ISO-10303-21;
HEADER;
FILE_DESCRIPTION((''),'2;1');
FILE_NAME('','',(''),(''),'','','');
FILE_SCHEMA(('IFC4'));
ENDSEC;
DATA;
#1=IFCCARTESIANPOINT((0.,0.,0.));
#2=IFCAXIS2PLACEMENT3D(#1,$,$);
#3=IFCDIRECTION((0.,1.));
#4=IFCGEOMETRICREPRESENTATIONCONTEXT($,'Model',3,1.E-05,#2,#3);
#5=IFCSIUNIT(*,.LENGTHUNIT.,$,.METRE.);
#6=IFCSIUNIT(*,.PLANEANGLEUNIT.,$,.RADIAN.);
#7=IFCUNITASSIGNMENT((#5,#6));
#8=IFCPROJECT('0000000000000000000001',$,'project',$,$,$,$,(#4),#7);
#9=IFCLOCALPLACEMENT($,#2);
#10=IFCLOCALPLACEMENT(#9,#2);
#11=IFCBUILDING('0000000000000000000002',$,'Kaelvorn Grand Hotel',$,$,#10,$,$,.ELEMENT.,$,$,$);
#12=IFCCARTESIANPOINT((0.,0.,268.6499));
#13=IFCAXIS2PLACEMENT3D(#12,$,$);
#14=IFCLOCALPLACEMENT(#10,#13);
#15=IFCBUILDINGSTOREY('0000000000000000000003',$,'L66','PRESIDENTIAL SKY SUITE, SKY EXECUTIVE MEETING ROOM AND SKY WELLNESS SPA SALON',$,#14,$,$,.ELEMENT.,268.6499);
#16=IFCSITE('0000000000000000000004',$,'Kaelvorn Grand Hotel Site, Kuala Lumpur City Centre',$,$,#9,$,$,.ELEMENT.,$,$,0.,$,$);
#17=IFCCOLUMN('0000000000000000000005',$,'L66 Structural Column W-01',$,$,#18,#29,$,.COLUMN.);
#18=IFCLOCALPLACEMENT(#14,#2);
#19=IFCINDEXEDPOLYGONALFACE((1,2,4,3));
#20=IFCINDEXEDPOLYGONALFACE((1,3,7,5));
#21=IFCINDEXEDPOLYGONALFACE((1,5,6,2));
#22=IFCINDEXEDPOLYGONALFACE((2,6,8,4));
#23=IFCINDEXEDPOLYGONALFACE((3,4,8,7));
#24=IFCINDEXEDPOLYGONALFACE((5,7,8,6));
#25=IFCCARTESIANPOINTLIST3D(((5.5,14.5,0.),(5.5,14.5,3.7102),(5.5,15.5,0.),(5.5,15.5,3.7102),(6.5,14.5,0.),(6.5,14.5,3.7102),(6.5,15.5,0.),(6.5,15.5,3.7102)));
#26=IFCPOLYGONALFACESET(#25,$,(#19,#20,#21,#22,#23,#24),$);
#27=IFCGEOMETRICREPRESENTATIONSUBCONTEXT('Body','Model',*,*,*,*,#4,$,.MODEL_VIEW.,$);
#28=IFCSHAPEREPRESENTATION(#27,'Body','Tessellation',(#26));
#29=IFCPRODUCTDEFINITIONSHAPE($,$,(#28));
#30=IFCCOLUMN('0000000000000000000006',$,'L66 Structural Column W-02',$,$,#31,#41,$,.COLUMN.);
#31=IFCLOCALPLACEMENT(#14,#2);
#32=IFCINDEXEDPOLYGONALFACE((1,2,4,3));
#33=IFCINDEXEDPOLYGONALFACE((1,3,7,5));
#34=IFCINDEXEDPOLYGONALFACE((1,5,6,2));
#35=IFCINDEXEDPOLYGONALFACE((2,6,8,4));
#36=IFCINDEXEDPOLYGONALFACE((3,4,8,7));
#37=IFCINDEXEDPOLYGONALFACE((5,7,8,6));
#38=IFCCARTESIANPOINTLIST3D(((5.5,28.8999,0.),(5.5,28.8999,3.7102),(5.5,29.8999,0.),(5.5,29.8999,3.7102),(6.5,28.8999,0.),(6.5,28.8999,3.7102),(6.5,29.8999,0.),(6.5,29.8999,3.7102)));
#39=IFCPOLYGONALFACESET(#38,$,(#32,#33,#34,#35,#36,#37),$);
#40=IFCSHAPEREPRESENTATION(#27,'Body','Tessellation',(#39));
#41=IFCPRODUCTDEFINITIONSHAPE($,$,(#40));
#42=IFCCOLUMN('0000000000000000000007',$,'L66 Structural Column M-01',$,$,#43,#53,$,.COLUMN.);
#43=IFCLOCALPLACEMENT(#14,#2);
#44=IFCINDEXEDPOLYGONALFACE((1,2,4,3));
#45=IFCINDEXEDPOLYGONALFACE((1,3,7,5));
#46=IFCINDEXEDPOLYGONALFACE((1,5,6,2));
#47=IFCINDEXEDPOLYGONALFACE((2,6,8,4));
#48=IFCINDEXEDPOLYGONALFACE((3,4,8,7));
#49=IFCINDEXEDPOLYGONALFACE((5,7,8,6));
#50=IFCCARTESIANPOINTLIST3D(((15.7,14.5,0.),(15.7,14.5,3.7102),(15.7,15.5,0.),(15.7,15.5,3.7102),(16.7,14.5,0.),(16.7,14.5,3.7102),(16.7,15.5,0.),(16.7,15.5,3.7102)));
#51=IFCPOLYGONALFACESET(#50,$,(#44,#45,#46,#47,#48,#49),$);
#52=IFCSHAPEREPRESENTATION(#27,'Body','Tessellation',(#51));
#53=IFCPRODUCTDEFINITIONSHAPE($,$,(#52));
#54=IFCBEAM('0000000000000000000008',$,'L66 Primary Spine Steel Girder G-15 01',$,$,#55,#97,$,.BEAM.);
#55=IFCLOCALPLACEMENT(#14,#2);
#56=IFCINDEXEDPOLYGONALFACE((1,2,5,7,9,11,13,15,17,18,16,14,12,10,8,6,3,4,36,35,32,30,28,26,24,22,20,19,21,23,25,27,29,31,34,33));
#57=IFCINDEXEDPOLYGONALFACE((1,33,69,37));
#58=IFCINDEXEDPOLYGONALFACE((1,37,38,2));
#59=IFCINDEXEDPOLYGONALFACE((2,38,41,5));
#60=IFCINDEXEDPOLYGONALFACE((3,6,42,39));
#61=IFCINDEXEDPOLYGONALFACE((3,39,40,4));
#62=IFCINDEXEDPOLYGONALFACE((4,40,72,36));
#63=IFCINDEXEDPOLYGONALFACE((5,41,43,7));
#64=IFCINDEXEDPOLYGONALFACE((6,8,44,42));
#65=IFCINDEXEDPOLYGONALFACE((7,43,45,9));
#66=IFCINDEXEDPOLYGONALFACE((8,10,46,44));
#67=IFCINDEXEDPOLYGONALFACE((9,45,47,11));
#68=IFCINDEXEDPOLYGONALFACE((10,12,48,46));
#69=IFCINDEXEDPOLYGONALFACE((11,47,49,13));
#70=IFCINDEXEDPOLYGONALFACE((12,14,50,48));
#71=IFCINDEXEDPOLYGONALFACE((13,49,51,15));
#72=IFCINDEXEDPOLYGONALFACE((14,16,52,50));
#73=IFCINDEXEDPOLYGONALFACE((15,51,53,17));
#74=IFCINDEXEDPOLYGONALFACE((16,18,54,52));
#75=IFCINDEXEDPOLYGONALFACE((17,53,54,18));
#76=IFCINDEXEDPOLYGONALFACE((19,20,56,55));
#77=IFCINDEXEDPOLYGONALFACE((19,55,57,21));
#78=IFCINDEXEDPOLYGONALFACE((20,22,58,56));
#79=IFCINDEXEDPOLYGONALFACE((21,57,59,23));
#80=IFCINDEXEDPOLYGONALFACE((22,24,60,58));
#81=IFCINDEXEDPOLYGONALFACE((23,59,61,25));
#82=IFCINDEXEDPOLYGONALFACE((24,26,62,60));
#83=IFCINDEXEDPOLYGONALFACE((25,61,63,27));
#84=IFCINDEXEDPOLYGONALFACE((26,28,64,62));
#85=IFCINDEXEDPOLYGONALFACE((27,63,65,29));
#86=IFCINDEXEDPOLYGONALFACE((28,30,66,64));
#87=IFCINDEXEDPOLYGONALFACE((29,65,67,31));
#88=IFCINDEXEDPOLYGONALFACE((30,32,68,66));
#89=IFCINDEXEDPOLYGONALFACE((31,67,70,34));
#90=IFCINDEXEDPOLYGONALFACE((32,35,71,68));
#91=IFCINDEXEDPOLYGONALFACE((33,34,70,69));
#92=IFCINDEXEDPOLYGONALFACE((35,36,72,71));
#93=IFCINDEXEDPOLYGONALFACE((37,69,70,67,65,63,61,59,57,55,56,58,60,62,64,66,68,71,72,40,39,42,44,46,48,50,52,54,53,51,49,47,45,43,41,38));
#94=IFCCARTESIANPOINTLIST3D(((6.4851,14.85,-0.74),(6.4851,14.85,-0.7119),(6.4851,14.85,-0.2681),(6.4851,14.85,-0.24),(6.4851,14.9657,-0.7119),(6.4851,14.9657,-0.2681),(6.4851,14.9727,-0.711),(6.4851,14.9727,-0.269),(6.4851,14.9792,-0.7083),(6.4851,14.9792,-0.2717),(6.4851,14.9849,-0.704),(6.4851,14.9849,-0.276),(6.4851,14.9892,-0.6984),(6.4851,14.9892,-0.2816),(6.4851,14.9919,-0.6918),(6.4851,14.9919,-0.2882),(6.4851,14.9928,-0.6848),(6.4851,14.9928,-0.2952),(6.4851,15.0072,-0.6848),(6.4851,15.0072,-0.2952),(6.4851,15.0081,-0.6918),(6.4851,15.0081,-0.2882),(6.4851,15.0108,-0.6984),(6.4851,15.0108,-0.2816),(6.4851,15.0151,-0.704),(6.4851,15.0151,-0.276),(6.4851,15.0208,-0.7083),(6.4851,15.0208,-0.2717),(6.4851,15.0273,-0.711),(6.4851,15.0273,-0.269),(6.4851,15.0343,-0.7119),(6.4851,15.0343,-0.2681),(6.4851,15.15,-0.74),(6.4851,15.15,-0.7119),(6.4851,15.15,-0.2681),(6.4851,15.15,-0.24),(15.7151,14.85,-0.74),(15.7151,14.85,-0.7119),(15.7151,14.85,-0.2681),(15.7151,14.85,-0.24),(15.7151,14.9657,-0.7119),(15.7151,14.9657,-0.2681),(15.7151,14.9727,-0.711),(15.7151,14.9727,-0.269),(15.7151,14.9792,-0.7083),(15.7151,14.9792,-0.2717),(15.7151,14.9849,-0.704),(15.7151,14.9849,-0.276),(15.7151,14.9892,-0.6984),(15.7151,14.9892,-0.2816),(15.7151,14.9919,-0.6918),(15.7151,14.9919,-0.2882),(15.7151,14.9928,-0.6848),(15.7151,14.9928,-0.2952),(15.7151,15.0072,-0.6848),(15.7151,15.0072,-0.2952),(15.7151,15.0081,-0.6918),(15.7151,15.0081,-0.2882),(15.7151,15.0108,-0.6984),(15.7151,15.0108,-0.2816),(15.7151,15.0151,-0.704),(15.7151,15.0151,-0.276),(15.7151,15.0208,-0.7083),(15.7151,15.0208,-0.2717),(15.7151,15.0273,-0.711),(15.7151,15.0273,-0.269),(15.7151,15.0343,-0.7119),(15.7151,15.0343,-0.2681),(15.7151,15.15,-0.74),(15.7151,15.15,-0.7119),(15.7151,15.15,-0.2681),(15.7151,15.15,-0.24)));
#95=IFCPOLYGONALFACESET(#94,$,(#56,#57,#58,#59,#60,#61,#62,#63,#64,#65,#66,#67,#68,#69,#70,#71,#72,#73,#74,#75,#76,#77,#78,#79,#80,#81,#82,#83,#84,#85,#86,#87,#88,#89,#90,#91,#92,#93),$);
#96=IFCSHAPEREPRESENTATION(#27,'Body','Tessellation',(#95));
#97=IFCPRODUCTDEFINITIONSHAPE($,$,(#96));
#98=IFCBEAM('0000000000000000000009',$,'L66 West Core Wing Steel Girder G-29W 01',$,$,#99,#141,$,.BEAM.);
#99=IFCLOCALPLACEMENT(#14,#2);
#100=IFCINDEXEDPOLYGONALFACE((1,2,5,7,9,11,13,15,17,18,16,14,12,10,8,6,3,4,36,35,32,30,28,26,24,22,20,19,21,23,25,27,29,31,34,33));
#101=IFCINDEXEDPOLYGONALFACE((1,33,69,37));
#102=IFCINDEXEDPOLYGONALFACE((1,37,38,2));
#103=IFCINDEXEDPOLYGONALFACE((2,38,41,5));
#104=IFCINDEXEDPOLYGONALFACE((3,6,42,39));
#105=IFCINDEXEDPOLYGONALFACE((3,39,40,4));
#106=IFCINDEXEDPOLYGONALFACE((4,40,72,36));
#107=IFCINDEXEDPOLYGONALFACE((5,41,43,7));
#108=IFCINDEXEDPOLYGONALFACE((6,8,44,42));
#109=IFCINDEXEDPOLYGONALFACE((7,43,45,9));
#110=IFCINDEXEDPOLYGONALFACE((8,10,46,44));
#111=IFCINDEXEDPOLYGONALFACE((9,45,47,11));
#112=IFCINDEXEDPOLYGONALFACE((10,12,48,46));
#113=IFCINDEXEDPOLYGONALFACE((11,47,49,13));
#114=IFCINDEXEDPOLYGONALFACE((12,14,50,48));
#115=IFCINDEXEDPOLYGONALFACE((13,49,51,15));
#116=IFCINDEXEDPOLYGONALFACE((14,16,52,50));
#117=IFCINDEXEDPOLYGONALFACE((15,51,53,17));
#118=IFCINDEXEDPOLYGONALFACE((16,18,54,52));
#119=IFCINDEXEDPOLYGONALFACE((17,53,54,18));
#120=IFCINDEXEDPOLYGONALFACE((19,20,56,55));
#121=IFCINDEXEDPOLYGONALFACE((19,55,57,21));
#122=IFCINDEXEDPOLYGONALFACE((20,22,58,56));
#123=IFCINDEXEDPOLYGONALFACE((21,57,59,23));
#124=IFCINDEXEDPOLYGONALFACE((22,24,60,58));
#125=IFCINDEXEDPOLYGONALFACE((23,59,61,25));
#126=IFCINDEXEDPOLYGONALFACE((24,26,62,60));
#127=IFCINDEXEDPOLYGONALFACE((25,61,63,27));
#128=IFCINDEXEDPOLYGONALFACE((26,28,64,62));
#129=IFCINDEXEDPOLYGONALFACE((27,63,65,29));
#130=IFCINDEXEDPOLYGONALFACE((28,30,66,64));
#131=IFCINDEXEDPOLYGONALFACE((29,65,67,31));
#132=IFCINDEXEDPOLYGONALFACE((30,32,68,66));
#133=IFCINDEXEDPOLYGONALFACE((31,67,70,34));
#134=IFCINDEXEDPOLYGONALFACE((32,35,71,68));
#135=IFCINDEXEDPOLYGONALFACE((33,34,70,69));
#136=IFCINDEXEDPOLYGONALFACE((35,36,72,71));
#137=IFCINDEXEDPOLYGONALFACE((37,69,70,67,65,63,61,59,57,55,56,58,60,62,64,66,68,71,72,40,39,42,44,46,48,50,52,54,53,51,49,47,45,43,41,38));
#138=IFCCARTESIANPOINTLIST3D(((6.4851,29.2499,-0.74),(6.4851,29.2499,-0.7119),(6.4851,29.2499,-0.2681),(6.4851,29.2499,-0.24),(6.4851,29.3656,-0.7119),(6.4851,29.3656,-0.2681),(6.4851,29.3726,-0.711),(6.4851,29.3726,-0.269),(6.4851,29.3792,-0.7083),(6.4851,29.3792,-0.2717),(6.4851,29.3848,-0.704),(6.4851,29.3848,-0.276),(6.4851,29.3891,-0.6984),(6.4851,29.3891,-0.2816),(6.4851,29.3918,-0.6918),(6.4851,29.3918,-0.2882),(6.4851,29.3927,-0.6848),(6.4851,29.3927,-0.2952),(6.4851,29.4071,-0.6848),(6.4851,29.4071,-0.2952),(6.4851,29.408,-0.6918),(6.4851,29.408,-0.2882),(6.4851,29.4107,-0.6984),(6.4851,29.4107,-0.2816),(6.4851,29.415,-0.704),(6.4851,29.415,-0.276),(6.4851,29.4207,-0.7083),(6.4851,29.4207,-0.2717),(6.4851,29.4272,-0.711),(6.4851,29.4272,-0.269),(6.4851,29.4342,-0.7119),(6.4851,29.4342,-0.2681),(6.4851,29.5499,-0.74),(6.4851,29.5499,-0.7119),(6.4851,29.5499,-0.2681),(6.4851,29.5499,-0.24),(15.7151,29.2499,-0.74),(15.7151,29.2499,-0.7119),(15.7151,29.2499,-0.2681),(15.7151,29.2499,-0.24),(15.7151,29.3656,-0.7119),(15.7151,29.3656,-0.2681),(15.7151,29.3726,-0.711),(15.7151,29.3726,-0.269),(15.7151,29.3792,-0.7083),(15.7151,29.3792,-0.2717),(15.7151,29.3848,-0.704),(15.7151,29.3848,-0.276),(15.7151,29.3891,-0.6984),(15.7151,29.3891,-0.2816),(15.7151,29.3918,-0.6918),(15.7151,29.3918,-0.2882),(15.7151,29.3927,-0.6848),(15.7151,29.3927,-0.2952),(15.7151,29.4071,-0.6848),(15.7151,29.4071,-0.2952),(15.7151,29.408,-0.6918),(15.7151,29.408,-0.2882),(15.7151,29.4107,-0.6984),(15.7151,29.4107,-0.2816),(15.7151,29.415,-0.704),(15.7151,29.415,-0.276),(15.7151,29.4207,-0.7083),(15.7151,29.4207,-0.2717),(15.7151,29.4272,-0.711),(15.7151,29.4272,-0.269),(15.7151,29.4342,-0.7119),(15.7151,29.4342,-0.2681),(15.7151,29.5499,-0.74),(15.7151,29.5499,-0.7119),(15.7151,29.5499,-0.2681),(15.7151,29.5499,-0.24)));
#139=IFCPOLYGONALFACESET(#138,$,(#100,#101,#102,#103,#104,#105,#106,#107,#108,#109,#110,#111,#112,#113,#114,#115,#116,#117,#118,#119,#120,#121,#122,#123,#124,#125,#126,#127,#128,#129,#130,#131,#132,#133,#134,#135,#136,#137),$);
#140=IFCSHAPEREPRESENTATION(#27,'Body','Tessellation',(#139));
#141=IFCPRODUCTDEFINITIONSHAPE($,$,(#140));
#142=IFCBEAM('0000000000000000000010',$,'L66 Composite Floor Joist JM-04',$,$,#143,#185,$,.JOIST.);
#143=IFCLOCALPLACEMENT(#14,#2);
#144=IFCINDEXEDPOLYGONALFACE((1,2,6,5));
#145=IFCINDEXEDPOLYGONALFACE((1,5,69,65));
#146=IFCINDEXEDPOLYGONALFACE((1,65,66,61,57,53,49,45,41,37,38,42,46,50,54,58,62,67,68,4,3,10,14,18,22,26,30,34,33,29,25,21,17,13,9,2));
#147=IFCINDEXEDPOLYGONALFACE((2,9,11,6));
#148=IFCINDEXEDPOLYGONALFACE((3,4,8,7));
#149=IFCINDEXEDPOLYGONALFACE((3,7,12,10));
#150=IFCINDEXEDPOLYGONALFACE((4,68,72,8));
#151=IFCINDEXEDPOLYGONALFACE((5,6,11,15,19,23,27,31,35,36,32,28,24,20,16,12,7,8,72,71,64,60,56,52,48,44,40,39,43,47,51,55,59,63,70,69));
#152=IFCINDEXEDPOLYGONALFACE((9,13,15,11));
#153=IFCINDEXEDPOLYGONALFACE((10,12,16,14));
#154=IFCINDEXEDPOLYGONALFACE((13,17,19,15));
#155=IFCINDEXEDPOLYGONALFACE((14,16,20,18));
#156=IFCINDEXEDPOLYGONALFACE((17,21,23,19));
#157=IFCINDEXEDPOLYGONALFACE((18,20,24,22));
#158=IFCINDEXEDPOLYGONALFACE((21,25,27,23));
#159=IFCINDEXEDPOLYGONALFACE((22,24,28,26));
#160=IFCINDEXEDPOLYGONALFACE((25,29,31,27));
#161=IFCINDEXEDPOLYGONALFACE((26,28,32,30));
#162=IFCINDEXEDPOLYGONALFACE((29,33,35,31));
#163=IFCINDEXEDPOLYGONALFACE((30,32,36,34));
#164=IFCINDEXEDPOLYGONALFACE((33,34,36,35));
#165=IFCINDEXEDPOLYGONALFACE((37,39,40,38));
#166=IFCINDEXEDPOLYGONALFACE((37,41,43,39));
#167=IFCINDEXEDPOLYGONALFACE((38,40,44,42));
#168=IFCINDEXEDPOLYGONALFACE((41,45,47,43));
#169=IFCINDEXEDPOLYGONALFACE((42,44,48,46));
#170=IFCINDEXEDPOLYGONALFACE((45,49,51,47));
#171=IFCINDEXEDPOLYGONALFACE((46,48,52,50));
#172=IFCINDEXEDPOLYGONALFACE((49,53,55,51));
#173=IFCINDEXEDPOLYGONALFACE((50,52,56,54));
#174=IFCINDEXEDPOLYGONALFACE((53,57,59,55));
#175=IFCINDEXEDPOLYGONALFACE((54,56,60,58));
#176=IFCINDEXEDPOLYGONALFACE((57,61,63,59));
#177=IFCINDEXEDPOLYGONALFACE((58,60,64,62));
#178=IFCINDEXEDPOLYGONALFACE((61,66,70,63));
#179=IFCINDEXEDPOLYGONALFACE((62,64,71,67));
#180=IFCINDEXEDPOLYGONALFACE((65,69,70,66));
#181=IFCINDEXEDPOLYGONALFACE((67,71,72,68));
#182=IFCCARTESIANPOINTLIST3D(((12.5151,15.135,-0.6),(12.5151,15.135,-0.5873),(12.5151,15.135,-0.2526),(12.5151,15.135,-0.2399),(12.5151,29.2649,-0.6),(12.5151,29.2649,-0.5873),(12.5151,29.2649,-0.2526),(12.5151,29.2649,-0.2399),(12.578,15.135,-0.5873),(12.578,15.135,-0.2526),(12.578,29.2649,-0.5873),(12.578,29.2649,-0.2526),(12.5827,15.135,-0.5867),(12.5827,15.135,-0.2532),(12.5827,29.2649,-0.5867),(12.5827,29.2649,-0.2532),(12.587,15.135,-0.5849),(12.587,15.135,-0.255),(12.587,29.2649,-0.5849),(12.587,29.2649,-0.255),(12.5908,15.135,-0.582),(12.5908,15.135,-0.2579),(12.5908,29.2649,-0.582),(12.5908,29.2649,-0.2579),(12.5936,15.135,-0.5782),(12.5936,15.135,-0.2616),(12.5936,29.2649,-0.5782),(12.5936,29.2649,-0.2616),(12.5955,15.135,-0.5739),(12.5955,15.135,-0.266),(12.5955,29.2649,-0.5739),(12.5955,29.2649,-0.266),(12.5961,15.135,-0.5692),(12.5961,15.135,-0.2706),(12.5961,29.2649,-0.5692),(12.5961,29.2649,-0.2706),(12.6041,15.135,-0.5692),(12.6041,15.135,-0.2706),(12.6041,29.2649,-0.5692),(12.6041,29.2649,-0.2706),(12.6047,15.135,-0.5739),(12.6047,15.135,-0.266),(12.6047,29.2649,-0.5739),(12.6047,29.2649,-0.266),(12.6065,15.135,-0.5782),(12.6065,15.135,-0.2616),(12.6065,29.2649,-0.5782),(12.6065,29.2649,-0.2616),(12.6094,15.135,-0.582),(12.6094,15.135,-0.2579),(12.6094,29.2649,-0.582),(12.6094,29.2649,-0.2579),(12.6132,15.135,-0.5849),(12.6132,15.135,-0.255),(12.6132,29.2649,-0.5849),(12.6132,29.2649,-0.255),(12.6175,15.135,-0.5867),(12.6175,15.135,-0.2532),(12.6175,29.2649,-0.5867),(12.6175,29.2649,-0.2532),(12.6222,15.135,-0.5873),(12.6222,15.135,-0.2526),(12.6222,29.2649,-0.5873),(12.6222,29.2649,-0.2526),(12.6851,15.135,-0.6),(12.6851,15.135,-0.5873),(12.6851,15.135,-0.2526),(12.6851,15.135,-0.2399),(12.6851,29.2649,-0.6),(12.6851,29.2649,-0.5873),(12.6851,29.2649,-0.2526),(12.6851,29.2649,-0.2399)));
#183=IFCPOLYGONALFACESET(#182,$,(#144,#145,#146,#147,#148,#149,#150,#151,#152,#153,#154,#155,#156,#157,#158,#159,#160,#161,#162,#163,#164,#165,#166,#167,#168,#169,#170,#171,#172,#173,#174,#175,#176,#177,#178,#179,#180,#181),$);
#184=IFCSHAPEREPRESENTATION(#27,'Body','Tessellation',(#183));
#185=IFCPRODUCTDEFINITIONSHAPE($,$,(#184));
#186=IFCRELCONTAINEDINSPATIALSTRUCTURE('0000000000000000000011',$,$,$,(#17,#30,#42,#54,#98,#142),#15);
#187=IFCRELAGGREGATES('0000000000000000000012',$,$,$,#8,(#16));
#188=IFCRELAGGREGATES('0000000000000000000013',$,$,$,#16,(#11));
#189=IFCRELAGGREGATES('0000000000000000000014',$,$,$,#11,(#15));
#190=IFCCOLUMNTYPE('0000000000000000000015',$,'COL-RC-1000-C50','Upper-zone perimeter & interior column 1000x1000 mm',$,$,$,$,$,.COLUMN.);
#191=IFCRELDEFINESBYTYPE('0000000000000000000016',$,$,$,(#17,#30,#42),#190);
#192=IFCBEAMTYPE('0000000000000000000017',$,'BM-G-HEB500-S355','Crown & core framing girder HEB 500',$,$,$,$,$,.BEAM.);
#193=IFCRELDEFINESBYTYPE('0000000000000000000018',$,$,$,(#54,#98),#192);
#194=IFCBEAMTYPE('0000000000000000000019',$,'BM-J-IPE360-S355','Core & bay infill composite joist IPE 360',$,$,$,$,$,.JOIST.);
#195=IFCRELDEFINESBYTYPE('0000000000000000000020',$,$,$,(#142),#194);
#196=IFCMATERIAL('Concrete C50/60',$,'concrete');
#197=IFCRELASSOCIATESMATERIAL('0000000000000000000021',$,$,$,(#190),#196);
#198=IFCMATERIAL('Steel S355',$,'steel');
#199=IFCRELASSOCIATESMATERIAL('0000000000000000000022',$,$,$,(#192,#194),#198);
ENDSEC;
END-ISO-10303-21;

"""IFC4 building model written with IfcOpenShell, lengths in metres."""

from ifc_helpers import new_model, si_unit, direction, frame, origin, origin_2d, place, context, subcontext, project, spatial, rectangle, i_section, extrude, material, material_profile, profile_set, type_object, element, save


model = new_model("IFC4")

# Units and contexts
model_context = context("Model", 3, precision=1e-05, world=origin(), true_north=direction((0.0, 1.0)))
body_context = subcontext(model_context, "Body", "Model", "MODEL_VIEW")
ifc_project = project(units=[si_unit("LENGTHUNIT", "METRE"), si_unit("PLANEANGLEUNIT", "RADIAN")], contexts=[model_context])

# Site, building, storey
site_placement = place(None, origin())
site = spatial("IfcSite", under=ifc_project, at=site_placement, Name="Kaelvorn Grand Hotel Site, Kuala Lumpur City Centre", CompositionType="ELEMENT", RefElevation=0.0)
building_placement = place(site_placement, origin())
building = spatial("IfcBuilding", under=site, at=building_placement, Name="Kaelvorn Grand Hotel", CompositionType="ELEMENT")
storey_placement = place(building_placement, frame((0.0, 0.0, 268.6499)))
storey = spatial("IfcBuildingStorey", under=building, at=storey_placement, Name="L66", Description="PRESIDENTIAL SKY SUITE, SKY EXECUTIVE MEETING ROOM AND SKY WELLNESS SPA SALON", CompositionType="ELEMENT", Elevation=268.6499)

# Columns
ifc_material_1 = material(Name="Concrete C50/60", Category="concrete")
ifc_material_profile_1 = material_profile(ifc_material_1, rectangle(XDim=1.0, YDim=1.0, at=origin_2d()), Name="RC COL 1000x1000")
ifc_profile_set_1 = profile_set([ifc_material_profile_1], Name="Concrete C50/60")
column_type = type_object("IfcColumnType", Name="COL-RC-1000-C50", Description="Upper-zone perimeter & interior column 1000x1000 mm", PredefinedType="COLUMN", material=ifc_profile_set_1)
for number, where, z_axis, x_axis, name in (
    (1, (6.0, 15.0, 0.0), (0.0, 0.0, 1.0), (1.0, 0.0, 0.0), "L66 Structural Column W-01"),
    (2, (6.0, 29.3999, 0.0), (0.0, 0.0, 1.0), (1.0, 0.0, 0.0), "L66 Structural Column W-02"),
    (3, (16.2, 15.0, 0.0), (0.0, 0.0, 1.0), (1.0, 0.0, 0.0), "L66 Structural Column M-01"),
):
    element("IfcColumn", number, at=place(storey_placement, frame(where, z_axis=z_axis, x_axis=x_axis)), inside=storey, type_object=column_type, Name=name, PredefinedType="COLUMN", context=body_context, shape_type="SweptSolid", body=[
        extrude(rectangle(XDim=1.0, YDim=1.0, at=origin_2d()), origin(), (0.0, 0.0, 1.0), 3.7102),
    ])

# Beams
ifc_material_2 = material(Name="Steel S355", Category="steel")
ifc_material_profile_2 = material_profile(ifc_material_2, i_section(OverallWidth=0.3, OverallDepth=0.5, WebThickness=0.0144, FlangeThickness=0.0281, FilletRadius=0.0271, at=origin_2d()), Name="HEB 500")
ifc_profile_set_2 = profile_set([ifc_material_profile_2], Name="Steel S355")
beam_type_1 = type_object("IfcBeamType", Name="BM-G-HEB500-S355", Description="Crown & core framing girder HEB 500", PredefinedType="BEAM", material=ifc_profile_set_2)
for number, where, z_axis, x_axis, name in (
    (4, (6.4851, 15.0, -0.49), (1.0, 0.0, 0.0), (0.0, 1.0, 0.0), "L66 Primary Spine Steel Girder G-15 01"),
    (5, (6.4851, 29.3999, -0.49), (1.0, 0.0, 0.0), (0.0, 1.0, 0.0), "L66 West Core Wing Steel Girder G-29W 01"),
):
    element("IfcBeam", number, at=place(storey_placement, frame(where, z_axis=z_axis, x_axis=x_axis)), inside=storey, type_object=beam_type_1, Name=name, PredefinedType="BEAM", context=body_context, shape_type="SweptSolid", body=[
        extrude(i_section(OverallWidth=0.3, OverallDepth=0.5, WebThickness=0.0144, FlangeThickness=0.0281, FilletRadius=0.0271, at=origin_2d()), origin(), (0.0, 0.0, 1.0), 9.23),
    ])
ifc_material_profile_3 = material_profile(ifc_material_2, i_section(OverallWidth=0.1699, OverallDepth=0.3601, WebThickness=0.0081, FlangeThickness=0.0127, FilletRadius=0.0181, at=origin_2d()), Name="IPE 360")
ifc_profile_set_3 = profile_set([ifc_material_profile_3], Name="Steel S355")
beam_type_2 = type_object("IfcBeamType", Name="BM-J-IPE360-S355", Description="Core & bay infill composite joist IPE 360", PredefinedType="JOIST", material=ifc_profile_set_3)
beam_1_placement = place(storey_placement, frame((12.6001, 15.135, -0.4199), z_axis=(0.0, 1.0, 0.0), x_axis=(-1.0, 0.0, 0.0)))
element("IfcBeam", 6, at=beam_1_placement, inside=storey, type_object=beam_type_2, Name="L66 Composite Floor Joist JM-04", PredefinedType="JOIST", context=body_context, shape_type="SweptSolid", body=[
    extrude(i_section(OverallWidth=0.1699, OverallDepth=0.3601, WebThickness=0.0081, FlangeThickness=0.0127, FilletRadius=0.0181, at=origin_2d()), origin(), (0.0, 0.0, 1.0), 14.1299),
])

save(model, "model.ifc")
